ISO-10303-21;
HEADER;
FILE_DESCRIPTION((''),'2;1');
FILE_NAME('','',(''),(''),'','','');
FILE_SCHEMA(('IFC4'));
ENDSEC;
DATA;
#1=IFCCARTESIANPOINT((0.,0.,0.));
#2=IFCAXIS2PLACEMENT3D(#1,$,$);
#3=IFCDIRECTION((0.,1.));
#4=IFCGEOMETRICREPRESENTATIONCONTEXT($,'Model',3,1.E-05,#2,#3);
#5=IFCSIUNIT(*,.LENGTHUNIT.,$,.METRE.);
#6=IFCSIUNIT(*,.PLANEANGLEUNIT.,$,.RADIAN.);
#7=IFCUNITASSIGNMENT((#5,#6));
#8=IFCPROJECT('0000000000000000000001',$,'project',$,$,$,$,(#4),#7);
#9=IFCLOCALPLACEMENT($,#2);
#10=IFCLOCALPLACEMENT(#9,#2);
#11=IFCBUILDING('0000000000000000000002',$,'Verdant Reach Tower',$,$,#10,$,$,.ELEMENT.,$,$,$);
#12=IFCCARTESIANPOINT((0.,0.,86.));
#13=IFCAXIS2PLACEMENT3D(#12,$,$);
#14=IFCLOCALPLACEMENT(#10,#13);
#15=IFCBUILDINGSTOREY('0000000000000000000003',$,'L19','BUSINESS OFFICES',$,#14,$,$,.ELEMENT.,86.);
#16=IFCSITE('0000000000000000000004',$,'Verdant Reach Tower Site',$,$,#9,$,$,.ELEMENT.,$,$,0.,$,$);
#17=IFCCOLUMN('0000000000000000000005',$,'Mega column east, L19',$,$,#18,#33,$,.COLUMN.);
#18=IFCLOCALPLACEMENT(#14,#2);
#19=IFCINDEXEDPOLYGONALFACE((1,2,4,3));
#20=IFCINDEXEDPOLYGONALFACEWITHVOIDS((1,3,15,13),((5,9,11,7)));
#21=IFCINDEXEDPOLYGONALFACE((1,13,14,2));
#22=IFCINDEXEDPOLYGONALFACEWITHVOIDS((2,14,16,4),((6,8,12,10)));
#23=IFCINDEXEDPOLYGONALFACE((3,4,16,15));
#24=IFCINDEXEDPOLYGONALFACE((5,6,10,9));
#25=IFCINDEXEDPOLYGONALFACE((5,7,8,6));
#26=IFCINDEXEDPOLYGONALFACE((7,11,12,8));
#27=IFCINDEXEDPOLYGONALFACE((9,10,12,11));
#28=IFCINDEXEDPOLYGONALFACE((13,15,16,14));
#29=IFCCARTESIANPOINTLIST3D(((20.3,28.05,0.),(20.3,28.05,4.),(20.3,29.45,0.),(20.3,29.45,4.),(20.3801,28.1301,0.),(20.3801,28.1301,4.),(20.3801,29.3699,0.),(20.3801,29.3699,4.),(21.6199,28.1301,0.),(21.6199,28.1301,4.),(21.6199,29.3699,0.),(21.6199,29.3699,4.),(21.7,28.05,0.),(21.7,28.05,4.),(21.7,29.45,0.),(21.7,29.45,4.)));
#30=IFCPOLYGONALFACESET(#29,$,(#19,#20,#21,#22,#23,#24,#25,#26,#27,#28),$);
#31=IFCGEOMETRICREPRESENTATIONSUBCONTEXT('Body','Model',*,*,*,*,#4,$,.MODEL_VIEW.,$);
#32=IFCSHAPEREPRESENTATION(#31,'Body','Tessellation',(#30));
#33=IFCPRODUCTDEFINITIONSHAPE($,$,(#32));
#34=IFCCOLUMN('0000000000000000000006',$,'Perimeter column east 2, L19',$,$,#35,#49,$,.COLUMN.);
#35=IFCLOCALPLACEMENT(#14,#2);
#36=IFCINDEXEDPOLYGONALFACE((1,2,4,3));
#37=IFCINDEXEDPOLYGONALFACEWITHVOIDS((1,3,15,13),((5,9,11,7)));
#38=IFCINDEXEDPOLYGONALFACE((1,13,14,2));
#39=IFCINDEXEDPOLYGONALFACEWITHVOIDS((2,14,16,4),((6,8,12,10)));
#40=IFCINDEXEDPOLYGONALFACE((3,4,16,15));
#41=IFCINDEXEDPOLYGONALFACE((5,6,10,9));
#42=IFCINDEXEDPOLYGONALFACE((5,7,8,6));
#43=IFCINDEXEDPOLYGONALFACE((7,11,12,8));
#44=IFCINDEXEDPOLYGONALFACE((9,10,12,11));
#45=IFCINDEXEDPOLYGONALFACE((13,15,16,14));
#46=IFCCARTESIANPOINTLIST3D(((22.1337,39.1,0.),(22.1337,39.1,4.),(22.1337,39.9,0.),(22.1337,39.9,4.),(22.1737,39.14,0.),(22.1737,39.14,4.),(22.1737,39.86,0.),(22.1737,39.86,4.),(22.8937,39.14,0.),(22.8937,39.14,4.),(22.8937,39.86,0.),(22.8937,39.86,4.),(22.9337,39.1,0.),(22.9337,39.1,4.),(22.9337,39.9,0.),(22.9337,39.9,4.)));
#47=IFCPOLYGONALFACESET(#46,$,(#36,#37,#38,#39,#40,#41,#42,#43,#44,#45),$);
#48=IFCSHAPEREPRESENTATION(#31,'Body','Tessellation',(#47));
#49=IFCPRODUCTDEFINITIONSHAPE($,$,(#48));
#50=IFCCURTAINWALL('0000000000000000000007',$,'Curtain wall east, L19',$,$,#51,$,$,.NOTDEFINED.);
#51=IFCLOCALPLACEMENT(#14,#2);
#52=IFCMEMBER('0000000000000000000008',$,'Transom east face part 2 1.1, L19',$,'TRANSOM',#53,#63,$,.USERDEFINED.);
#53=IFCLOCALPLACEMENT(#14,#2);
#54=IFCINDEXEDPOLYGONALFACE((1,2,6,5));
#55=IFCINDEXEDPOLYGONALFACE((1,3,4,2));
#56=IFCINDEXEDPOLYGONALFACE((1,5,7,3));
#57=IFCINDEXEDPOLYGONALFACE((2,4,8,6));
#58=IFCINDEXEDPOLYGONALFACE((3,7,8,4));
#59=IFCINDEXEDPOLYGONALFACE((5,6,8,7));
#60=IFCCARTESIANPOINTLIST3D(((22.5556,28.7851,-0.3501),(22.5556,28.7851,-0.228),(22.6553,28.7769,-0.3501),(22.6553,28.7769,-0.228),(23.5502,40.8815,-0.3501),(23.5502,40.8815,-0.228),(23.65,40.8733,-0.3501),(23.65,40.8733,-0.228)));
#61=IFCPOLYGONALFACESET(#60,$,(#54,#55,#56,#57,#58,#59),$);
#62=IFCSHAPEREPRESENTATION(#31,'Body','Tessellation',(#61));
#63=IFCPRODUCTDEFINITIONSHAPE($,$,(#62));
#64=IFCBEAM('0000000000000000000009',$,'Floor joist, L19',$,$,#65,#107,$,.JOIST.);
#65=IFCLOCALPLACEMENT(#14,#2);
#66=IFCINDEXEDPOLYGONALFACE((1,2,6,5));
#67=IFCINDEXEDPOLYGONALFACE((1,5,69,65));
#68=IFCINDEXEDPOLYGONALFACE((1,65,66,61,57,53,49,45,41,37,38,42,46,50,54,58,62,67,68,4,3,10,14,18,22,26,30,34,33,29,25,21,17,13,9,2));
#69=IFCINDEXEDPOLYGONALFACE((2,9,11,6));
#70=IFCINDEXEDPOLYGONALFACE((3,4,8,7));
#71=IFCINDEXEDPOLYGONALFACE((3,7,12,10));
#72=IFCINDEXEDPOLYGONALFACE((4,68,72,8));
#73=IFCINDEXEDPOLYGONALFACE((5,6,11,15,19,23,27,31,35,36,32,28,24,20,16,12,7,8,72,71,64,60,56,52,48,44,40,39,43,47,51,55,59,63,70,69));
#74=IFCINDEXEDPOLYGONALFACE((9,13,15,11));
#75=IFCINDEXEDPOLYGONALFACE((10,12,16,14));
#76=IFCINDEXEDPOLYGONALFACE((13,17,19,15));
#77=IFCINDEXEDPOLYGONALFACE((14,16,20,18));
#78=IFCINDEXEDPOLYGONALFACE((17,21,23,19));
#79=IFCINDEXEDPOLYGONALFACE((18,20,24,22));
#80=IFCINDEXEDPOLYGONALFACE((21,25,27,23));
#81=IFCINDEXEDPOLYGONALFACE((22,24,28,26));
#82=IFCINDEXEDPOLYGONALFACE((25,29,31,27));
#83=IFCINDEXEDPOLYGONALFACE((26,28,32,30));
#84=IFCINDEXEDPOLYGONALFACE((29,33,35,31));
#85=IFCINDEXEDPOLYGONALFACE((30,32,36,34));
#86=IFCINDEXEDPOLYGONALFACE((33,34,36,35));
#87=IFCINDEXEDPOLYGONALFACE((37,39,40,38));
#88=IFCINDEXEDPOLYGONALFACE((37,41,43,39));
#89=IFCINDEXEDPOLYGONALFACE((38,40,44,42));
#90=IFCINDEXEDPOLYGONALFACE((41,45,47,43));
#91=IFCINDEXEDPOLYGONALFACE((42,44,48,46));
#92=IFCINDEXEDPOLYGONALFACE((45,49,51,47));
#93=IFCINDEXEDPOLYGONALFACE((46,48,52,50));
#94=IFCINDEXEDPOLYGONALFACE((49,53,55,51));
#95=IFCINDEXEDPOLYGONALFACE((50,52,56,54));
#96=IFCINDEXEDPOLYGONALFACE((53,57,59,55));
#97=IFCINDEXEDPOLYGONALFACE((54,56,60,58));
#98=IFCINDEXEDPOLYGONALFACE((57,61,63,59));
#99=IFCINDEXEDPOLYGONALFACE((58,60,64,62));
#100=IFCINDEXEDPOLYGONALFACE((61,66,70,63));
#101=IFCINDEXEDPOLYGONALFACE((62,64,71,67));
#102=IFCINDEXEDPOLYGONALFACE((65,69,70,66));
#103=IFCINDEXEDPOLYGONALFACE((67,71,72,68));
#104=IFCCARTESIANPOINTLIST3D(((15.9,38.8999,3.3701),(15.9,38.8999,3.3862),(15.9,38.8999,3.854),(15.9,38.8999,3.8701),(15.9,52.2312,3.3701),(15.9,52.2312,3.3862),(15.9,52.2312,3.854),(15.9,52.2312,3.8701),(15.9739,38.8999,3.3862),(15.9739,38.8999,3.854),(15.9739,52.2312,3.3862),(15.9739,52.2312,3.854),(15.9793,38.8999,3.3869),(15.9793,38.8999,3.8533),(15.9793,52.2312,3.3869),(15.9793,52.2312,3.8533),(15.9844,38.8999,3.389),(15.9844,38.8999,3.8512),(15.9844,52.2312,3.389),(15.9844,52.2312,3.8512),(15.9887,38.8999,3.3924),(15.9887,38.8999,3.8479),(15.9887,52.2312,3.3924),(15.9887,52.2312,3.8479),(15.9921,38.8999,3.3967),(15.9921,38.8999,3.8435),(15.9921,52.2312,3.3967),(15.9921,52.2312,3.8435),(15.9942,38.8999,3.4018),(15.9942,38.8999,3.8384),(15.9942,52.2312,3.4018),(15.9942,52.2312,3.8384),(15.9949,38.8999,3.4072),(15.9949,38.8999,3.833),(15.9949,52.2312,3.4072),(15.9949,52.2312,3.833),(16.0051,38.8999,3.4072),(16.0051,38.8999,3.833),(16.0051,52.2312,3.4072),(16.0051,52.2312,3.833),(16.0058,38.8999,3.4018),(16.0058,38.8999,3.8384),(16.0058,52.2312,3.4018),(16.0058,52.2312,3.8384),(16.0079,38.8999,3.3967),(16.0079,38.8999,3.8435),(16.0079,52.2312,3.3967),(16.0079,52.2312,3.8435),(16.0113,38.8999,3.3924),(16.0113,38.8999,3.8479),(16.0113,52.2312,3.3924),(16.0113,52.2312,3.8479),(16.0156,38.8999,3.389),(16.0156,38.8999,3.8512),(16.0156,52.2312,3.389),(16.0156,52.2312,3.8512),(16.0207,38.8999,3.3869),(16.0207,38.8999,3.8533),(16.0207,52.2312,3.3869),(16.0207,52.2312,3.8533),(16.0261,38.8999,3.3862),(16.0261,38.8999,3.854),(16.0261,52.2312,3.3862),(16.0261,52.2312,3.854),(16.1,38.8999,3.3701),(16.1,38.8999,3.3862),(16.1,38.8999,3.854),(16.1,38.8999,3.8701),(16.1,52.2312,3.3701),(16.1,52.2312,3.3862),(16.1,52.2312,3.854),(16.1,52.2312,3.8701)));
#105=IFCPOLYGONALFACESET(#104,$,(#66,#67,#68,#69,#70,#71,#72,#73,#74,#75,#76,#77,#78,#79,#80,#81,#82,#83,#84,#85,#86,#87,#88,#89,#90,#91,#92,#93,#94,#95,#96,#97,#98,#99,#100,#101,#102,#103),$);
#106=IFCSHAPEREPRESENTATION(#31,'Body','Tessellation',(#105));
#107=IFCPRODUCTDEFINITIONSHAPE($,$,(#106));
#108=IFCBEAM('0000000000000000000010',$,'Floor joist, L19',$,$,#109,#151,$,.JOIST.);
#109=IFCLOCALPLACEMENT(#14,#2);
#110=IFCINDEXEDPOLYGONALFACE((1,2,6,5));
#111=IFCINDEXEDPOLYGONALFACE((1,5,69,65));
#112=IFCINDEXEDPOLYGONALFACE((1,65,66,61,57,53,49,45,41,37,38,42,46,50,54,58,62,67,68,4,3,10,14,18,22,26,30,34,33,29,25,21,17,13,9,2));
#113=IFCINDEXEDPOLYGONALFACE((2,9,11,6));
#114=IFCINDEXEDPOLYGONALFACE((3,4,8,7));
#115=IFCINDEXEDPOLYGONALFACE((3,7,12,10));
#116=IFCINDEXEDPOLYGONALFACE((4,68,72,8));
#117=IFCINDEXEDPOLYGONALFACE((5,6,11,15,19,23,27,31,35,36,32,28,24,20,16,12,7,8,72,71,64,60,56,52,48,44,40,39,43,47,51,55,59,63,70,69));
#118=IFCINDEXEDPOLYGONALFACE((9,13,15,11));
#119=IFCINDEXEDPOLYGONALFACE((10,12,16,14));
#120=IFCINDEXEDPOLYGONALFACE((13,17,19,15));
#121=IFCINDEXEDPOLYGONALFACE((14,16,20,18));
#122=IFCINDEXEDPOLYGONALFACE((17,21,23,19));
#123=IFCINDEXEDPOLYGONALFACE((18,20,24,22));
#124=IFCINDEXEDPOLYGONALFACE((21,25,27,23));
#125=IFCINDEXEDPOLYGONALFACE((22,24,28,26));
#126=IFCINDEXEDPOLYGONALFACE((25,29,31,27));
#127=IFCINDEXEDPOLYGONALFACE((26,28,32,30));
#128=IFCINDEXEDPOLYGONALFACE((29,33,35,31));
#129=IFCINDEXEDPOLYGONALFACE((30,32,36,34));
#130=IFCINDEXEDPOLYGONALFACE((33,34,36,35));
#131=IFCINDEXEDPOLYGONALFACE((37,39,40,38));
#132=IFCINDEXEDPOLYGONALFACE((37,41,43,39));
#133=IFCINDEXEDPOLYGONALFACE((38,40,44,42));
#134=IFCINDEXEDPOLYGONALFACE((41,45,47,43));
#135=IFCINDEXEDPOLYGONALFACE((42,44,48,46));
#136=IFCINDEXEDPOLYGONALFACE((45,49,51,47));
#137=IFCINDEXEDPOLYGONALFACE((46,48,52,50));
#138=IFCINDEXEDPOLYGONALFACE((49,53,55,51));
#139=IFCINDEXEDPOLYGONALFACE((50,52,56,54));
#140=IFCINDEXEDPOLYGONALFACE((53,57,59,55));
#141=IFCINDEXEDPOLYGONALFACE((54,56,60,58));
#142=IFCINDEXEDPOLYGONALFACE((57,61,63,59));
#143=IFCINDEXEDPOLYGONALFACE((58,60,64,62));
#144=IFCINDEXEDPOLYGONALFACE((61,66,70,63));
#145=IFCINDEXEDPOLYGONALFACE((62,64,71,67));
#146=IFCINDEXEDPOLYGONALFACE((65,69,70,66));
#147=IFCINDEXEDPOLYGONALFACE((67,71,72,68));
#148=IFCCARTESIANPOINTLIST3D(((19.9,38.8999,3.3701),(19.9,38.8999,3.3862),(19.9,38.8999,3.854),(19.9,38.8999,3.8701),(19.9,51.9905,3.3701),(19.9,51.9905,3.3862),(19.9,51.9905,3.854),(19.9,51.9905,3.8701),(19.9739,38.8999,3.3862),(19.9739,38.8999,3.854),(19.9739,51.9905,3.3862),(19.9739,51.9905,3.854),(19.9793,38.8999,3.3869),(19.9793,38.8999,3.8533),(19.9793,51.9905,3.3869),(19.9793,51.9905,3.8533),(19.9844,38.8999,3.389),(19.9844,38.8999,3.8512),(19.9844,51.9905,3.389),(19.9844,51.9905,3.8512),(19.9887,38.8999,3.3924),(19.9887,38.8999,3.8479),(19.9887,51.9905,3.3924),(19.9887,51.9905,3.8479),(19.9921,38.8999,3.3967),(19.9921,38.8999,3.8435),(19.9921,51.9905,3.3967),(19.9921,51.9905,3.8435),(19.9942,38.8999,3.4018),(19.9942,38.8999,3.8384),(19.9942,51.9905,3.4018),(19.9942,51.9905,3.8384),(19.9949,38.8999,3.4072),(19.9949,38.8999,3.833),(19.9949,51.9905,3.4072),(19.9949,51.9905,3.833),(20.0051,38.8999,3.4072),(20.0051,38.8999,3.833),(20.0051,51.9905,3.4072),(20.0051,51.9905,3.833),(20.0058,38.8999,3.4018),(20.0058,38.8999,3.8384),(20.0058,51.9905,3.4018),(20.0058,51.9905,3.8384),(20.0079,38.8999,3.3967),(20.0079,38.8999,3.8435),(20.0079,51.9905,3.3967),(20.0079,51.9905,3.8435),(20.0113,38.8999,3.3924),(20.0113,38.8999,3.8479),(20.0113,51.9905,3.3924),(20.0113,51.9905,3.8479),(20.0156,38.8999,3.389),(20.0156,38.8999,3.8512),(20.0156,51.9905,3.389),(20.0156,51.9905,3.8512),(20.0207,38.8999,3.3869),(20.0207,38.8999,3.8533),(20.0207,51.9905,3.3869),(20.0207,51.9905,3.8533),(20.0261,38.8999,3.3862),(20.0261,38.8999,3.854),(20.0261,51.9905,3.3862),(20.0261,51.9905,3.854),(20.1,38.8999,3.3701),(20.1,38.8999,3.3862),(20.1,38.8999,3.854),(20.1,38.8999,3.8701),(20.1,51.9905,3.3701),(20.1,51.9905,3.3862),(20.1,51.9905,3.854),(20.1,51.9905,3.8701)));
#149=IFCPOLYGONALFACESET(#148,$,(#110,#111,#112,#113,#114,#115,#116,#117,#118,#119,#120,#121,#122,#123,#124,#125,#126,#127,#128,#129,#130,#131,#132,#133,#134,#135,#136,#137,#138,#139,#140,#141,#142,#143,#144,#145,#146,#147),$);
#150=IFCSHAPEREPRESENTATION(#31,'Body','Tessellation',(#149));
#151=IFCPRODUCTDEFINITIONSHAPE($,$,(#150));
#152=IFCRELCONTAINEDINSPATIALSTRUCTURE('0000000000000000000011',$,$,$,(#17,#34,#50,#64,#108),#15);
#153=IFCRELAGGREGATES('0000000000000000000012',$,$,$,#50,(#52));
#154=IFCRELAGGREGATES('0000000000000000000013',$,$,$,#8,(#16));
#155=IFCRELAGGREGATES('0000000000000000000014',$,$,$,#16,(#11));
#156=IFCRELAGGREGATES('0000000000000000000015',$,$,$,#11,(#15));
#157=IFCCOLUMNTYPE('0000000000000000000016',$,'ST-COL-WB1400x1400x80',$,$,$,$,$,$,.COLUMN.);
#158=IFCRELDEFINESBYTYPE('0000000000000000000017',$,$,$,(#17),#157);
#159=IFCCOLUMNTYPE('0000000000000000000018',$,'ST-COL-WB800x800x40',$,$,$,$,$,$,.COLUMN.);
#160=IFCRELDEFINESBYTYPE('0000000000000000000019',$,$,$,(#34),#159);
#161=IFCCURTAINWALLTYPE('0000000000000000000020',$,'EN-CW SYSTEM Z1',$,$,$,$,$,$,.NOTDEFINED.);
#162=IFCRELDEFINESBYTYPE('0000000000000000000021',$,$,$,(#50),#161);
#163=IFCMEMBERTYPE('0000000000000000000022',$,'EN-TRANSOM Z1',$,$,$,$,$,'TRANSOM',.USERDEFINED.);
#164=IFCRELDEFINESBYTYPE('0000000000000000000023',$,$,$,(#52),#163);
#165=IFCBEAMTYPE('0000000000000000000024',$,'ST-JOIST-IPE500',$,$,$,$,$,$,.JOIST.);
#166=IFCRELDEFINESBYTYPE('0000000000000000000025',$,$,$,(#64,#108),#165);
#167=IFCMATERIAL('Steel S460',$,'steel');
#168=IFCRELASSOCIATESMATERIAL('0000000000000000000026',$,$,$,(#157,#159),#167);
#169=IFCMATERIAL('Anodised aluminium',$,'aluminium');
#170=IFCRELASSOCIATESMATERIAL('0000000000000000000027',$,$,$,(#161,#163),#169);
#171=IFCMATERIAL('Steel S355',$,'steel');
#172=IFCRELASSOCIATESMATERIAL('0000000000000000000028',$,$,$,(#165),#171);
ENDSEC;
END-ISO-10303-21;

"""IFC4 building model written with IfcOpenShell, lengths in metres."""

from ifc_helpers import new_model, si_unit, direction, frame, origin, origin_2d, place, context, subcontext, project, spatial, rectangle, hollow_rectangle, i_section, extrude, material, material_profile, profile_set, type_object, element, aggregate, save


model = new_model("IFC4")

# Units and contexts
model_context = context("Model", 3, precision=1e-05, world=origin(), true_north=direction((0.0, 1.0)))
body_context = subcontext(model_context, "Body", "Model", "MODEL_VIEW")
ifc_project = project(units=[si_unit("LENGTHUNIT", "METRE"), si_unit("PLANEANGLEUNIT", "RADIAN")], contexts=[model_context])

# Site, building, storey
site_placement = place(None, origin())
site = spatial("IfcSite", under=ifc_project, at=site_placement, Name="Verdant Reach Tower Site", CompositionType="ELEMENT", RefElevation=0.0)
building_placement = place(site_placement, origin())
building = spatial("IfcBuilding", under=site, at=building_placement, Name="Verdant Reach Tower", CompositionType="ELEMENT")
storey_placement = place(building_placement, frame((0.0, 0.0, 86.0)))
storey = spatial("IfcBuildingStorey", under=building, at=storey_placement, Name="L19", Description="BUSINESS OFFICES", CompositionType="ELEMENT", Elevation=86.0)

# Columns
ifc_material_1 = material(Name="Steel S460", Category="steel")
ifc_material_profile_1 = material_profile(ifc_material_1, hollow_rectangle(XDim=1.3999, YDim=1.3999, WallThickness=0.0801, at=origin_2d()), Name="WB 1400x1400x80")
ifc_profile_set_1 = profile_set([ifc_material_profile_1], Name="Steel S460")
column_type_1 = type_object("IfcColumnType", Name="ST-COL-WB1400x1400x80", PredefinedType="COLUMN", material=ifc_profile_set_1)
column_1_placement = place(storey_placement, frame((21.0, 28.75, 0.0), z_axis=(0.0, 0.0, 1.0), x_axis=(1.0, 0.0, 0.0)))
element("IfcColumn", 1, at=column_1_placement, inside=storey, type_object=column_type_1, Name="Mega column east, L19", PredefinedType="COLUMN", context=body_context, shape_type="SweptSolid", body=[
    extrude(hollow_rectangle(XDim=1.3999, YDim=1.3999, WallThickness=0.0801, at=origin_2d()), origin(), (0.0, 0.0, 1.0), 4.0),
])
ifc_material_profile_2 = material_profile(ifc_material_1, hollow_rectangle(XDim=0.8, YDim=0.8, WallThickness=0.04, at=origin_2d()), Name="WB 800x800x40")
ifc_profile_set_2 = profile_set([ifc_material_profile_2], Name="Steel S460")
column_type_2 = type_object("IfcColumnType", Name="ST-COL-WB800x800x40", PredefinedType="COLUMN", material=ifc_profile_set_2)
column_2_placement = place(storey_placement, frame((22.5337, 39.5, 0.0), z_axis=(0.0, 0.0, 1.0), x_axis=(1.0, 0.0, 0.0)))
element("IfcColumn", 2, at=column_2_placement, inside=storey, type_object=column_type_2, Name="Perimeter column east 2, L19", PredefinedType="COLUMN", context=body_context, shape_type="SweptSolid", body=[
    extrude(hollow_rectangle(XDim=0.8, YDim=0.8, WallThickness=0.04, at=origin_2d()), origin(), (0.0, 0.0, 1.0), 4.0),
])

# Curtain wall, member
ifc_material_2 = material(Name="Anodised aluminium", Category="aluminium")
curtain_wall_type = type_object("IfcCurtainWallType", Name="EN-CW SYSTEM Z1", PredefinedType="NOTDEFINED", material=ifc_material_2)
curtain_wall_placement = place(storey_placement, origin())
curtain_wall = element("IfcCurtainWall", 3, at=curtain_wall_placement, inside=storey, type_object=curtain_wall_type, Name="Curtain wall east, L19", PredefinedType="NOTDEFINED")
ifc_material_profile_3 = material_profile(ifc_material_2, rectangle(XDim=0.1001, YDim=0.1221, at=origin_2d()), Name="Transom 122x100")
ifc_profile_set_3 = profile_set([ifc_material_profile_3], Name="Anodised aluminium")
member_type = type_object("IfcMemberType", Name="EN-TRANSOM Z1", ElementType="TRANSOM", PredefinedType="USERDEFINED", material=ifc_profile_set_3)
member_placement = place(storey_placement, frame((22.6055, 28.781, -0.2891), z_axis=(0.081948, 0.996637, 0.0), x_axis=(-0.996637, 0.081948, 0.0)))
member = element("IfcMember", 4, at=member_placement, type_object=member_type, Name="Transom east face part 2 1.1, L19", ObjectType="TRANSOM", PredefinedType="USERDEFINED", context=body_context, shape_type="SweptSolid", body=[
    extrude(rectangle(XDim=0.1001, YDim=0.1221, at=origin_2d()), origin(), (0.0, 0.0, 1.0), 12.1372),
])

# Beams
ifc_material_3 = material(Name="Steel S355", Category="steel")
ifc_material_profile_4 = material_profile(ifc_material_3, i_section(OverallWidth=0.2, OverallDepth=0.5, WebThickness=0.0103, FlangeThickness=0.0161, FilletRadius=0.021, at=origin_2d()), Name="IPE 500")
ifc_profile_set_4 = profile_set([ifc_material_profile_4], Name="Steel S355")
beam_type_1 = type_object("IfcBeamType", Name="ST-JOIST-IPE500", PredefinedType="JOIST", material=ifc_profile_set_4)
beam_1_placement = place(storey_placement, frame((16.0, 38.8999, 3.6201), z_axis=(0.0, 1.0, 0.0), x_axis=(-1.0, 0.0, 0.0)))
element("IfcBeam", 5, at=beam_1_placement, inside=storey, type_object=beam_type_1, Name="Floor joist, L19", PredefinedType="JOIST", context=body_context, shape_type="SweptSolid", body=[
    extrude(i_section(OverallWidth=0.2, OverallDepth=0.5, WebThickness=0.0103, FlangeThickness=0.0161, FilletRadius=0.021, at=origin_2d()), origin(), (0.0, 0.0, 1.0), 13.3313),
])
beam_2_placement = place(storey_placement, frame((20.0, 38.8999, 3.6201), z_axis=(0.0, 1.0, 0.0), x_axis=(-1.0, 0.0, 0.0)))
element("IfcBeam", 6, at=beam_2_placement, inside=storey, type_object=beam_type_1, Name="Floor joist, L19", PredefinedType="JOIST", context=body_context, shape_type="SweptSolid", body=[
    extrude(i_section(OverallWidth=0.2, OverallDepth=0.5, WebThickness=0.0103, FlangeThickness=0.0161, FilletRadius=0.021, at=origin_2d()), origin(), (0.0, 0.0, 1.0), 13.0906),
])

aggregate(curtain_wall, [member])

save(model, "model.ifc")
